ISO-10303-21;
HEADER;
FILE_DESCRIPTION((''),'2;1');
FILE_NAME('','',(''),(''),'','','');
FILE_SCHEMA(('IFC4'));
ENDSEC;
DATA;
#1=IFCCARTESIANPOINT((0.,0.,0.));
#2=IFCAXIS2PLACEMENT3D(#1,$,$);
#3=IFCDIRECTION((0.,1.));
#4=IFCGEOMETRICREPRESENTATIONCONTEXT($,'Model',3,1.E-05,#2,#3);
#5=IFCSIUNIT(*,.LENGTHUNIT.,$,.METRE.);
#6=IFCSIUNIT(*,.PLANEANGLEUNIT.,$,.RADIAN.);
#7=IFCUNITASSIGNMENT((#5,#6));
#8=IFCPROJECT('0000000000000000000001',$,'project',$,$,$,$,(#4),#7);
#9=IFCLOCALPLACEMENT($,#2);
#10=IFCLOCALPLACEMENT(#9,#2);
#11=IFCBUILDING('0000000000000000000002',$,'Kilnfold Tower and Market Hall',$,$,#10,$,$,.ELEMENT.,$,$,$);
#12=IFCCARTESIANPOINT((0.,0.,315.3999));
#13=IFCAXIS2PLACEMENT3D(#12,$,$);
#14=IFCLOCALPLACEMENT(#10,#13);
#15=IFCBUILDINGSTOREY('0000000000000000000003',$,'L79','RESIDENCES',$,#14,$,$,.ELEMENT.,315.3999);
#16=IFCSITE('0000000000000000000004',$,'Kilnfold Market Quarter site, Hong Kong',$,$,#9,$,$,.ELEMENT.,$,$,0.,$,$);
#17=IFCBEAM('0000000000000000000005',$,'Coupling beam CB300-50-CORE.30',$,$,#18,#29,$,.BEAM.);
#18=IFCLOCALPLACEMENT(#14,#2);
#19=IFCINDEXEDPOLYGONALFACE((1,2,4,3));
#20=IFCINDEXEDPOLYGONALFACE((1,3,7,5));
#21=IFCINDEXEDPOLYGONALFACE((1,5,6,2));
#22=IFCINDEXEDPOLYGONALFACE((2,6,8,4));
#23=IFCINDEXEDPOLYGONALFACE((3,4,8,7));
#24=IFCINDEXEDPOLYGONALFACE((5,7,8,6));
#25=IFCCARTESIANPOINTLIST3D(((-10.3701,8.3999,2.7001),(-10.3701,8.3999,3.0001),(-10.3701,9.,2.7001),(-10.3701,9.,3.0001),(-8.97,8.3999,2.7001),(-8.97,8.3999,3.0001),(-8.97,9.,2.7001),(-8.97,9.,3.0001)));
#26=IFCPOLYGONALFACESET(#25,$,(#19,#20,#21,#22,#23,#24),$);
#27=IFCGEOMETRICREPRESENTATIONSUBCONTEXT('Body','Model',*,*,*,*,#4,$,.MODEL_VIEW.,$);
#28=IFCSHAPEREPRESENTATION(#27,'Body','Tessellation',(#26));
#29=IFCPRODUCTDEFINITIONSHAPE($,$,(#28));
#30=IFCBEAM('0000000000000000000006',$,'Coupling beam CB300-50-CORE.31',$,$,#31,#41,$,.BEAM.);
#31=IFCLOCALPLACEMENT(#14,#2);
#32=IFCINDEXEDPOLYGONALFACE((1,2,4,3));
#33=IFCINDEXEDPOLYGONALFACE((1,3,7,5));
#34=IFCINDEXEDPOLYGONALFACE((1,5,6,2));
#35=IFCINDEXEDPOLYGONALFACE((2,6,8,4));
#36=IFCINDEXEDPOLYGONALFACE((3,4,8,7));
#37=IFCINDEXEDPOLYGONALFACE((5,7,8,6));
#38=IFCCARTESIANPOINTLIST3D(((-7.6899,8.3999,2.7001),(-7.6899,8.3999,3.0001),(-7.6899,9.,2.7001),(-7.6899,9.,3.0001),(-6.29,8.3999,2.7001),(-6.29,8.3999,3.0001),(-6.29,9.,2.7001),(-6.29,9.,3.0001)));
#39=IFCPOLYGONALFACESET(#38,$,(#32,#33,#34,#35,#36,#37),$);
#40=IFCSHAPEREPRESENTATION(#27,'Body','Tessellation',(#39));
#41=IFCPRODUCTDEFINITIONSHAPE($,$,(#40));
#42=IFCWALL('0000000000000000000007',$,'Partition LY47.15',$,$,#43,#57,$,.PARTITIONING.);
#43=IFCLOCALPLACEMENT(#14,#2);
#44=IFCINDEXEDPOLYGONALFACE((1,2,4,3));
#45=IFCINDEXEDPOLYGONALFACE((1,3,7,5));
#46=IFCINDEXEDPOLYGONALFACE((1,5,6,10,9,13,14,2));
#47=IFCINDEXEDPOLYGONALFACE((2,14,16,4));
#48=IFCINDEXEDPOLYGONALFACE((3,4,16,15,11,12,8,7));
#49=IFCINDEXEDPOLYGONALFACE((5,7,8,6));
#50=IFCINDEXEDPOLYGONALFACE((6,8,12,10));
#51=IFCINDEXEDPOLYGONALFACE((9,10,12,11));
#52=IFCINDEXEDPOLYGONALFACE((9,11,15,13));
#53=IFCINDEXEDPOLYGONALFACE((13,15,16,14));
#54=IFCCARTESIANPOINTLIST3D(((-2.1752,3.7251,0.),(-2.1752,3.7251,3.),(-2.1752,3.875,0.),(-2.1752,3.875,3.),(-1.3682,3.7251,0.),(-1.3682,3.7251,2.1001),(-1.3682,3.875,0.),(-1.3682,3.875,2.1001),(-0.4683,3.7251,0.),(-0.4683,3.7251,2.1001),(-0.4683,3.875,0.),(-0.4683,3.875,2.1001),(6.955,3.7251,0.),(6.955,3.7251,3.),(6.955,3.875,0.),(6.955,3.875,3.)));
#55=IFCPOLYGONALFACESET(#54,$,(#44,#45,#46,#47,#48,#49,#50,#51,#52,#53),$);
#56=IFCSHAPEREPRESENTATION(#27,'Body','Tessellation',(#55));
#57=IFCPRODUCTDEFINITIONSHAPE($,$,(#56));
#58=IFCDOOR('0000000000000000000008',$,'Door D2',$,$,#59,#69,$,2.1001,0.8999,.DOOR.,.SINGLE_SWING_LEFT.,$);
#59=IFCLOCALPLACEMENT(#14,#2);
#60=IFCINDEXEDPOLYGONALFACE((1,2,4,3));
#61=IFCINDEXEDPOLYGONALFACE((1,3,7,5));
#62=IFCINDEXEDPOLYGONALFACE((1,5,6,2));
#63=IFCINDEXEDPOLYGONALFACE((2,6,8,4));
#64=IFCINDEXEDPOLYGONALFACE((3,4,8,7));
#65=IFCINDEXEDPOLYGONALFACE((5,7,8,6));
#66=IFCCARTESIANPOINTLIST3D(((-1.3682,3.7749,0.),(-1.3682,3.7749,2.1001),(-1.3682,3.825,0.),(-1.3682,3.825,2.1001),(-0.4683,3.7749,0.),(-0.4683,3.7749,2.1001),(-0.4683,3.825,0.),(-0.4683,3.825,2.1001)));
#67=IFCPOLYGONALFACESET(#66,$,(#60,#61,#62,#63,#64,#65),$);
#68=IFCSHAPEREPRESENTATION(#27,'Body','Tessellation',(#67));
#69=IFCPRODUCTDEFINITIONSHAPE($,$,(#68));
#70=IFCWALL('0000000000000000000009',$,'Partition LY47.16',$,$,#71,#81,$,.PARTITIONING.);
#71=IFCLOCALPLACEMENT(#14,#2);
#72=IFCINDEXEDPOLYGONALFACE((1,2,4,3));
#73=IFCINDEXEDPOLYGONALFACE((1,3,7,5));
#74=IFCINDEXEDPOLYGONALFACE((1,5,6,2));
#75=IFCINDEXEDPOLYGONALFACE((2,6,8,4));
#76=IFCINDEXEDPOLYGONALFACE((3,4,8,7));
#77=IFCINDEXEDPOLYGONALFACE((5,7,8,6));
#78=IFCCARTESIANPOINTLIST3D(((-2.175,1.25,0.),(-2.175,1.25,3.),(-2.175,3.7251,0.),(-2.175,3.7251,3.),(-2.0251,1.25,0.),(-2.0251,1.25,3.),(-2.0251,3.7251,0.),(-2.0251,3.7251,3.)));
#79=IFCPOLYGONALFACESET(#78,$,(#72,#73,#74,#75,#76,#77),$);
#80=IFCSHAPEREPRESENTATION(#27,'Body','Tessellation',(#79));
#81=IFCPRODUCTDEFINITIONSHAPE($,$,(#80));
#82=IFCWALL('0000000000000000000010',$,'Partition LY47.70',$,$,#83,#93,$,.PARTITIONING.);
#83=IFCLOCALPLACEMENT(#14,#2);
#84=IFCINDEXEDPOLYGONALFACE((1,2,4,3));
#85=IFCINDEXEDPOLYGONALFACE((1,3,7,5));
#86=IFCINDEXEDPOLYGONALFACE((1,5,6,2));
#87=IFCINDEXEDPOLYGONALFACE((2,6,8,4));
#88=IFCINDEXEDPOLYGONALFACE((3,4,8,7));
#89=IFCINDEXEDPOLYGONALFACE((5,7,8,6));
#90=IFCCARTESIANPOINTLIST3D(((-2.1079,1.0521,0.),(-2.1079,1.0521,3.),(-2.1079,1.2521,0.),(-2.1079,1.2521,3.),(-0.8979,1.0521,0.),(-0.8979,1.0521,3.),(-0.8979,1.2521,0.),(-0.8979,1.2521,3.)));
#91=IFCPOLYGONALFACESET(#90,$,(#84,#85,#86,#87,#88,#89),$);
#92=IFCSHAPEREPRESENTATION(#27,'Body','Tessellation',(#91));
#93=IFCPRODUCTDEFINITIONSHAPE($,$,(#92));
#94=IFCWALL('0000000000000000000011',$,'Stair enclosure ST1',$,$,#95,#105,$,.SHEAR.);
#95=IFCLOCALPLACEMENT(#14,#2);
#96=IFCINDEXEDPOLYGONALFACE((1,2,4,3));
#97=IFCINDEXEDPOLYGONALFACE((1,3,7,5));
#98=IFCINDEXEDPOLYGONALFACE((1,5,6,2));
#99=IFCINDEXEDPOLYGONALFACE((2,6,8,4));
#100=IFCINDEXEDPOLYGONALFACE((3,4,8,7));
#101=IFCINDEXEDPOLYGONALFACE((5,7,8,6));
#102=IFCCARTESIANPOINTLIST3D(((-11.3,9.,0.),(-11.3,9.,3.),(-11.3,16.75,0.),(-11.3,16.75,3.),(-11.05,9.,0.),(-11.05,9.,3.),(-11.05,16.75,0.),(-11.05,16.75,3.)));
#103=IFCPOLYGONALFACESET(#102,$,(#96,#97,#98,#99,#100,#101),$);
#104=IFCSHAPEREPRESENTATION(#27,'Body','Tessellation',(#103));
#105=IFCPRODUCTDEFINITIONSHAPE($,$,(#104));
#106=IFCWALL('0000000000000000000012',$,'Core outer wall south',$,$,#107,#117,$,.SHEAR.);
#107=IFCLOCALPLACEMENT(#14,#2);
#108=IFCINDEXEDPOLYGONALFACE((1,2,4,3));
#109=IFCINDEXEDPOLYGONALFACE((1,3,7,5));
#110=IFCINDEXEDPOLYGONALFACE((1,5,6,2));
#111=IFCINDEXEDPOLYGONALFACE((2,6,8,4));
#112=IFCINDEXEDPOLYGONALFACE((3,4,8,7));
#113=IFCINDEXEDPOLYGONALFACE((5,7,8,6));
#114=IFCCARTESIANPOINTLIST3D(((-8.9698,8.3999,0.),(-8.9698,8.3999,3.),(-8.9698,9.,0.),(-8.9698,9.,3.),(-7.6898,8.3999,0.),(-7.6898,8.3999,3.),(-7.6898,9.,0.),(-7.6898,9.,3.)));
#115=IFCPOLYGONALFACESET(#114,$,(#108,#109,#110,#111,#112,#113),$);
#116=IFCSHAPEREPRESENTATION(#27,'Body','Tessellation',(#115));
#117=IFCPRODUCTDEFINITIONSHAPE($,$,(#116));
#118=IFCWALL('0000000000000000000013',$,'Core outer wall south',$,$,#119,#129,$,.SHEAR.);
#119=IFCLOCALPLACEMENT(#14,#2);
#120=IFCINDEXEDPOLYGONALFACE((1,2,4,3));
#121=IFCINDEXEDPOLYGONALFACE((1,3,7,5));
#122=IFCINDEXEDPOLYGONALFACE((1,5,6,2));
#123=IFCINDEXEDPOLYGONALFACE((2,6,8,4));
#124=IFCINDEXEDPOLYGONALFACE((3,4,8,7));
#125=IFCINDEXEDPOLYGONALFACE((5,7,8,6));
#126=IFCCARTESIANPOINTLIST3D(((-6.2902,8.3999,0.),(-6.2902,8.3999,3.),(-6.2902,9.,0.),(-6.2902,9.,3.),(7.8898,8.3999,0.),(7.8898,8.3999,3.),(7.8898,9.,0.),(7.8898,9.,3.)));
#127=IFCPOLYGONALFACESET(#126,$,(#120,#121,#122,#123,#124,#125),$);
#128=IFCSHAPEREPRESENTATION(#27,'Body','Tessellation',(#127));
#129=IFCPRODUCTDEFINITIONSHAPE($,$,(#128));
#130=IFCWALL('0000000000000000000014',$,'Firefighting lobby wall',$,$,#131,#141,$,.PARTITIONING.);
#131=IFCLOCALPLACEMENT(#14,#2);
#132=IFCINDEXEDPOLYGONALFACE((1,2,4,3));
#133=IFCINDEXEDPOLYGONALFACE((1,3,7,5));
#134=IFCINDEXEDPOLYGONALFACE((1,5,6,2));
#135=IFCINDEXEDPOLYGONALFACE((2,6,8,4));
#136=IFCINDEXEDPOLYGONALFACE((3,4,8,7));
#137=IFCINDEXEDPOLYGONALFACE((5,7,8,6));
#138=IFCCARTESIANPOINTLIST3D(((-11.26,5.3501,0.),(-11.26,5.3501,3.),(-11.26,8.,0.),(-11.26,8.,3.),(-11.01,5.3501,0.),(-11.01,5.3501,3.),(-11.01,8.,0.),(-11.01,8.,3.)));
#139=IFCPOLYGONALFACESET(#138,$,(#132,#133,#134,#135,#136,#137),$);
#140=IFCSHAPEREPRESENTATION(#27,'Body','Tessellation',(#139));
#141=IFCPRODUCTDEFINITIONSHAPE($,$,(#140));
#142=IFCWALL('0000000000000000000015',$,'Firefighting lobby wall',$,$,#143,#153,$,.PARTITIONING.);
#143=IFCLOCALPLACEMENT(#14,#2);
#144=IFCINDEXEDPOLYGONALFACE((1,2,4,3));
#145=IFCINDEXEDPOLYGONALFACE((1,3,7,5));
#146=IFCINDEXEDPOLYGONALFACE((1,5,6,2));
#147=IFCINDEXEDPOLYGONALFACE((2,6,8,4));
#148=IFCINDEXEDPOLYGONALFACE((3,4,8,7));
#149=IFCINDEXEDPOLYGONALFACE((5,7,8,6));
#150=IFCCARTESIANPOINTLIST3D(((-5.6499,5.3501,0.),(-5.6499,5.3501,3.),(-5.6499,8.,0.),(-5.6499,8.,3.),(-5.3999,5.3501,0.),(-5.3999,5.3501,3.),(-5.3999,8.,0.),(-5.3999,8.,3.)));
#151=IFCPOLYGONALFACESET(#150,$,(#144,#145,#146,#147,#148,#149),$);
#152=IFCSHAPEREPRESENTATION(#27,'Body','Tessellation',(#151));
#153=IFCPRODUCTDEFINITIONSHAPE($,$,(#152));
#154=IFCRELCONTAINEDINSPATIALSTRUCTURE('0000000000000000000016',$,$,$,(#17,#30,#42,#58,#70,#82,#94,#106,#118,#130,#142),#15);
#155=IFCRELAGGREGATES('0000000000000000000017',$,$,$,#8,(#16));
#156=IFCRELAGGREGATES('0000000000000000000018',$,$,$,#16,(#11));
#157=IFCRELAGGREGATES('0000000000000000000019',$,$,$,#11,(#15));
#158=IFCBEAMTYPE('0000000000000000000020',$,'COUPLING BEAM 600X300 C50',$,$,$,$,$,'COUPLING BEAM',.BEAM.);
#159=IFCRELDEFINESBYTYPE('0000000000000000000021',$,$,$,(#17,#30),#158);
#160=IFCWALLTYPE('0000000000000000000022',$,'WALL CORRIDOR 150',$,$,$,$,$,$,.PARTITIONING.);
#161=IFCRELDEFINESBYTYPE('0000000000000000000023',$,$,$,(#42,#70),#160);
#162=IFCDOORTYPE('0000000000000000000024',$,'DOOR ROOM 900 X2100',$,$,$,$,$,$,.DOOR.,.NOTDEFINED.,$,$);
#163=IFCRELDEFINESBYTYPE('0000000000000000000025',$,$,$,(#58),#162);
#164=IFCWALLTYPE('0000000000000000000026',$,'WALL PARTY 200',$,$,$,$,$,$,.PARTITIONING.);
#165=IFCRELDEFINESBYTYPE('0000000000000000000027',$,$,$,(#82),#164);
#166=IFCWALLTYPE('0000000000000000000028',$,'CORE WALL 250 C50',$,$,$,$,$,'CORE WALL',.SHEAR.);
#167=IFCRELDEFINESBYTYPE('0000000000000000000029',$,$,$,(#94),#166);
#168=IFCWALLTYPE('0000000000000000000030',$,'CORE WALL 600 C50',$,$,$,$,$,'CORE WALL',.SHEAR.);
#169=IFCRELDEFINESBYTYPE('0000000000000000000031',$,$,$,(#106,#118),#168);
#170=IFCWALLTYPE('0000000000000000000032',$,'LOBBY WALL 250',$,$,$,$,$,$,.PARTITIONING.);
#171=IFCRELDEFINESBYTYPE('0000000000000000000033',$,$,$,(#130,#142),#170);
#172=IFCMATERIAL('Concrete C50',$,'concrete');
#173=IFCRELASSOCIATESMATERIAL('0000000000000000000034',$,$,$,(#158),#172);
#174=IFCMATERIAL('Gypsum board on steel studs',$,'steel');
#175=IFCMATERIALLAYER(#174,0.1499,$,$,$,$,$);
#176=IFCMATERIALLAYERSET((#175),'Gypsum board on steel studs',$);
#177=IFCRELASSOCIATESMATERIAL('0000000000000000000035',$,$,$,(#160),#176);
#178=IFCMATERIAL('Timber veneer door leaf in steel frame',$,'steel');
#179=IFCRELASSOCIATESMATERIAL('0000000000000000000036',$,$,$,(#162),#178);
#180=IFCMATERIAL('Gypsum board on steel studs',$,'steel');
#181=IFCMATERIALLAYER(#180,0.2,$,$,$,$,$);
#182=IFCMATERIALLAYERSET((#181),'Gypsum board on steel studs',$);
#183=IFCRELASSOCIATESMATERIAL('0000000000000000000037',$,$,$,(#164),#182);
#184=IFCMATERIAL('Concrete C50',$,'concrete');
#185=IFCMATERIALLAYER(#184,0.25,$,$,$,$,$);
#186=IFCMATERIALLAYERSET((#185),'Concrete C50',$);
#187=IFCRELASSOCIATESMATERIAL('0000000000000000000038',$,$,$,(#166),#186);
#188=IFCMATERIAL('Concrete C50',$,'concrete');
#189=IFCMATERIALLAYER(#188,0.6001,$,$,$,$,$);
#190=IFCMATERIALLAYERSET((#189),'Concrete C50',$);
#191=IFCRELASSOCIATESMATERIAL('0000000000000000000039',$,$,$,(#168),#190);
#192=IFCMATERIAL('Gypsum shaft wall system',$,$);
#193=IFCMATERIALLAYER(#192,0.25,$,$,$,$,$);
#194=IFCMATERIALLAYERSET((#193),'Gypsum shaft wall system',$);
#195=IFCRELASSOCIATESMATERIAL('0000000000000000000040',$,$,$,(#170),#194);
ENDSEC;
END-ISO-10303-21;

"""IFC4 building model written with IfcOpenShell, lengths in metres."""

from ifc_helpers import new_model, si_unit, direction, frame, frame_2d, origin, origin_2d, place, context, subcontext, project, spatial, rectangle, extrude, source, transform, mapped, material, layer, layer_set, material_profile, profile_set, type_object, element, fill, save


model = new_model("IFC4")

# Units and contexts
model_context = context("Model", 3, precision=1e-05, world=origin(), true_north=direction((0.0, 1.0)))
body_context = subcontext(model_context, "Body", "Model", "MODEL_VIEW")
ifc_project = project(units=[si_unit("LENGTHUNIT", "METRE"), si_unit("PLANEANGLEUNIT", "RADIAN")], contexts=[model_context])

# Site, building, storey
site_placement = place(None, origin())
site = spatial("IfcSite", under=ifc_project, at=site_placement, Name="Kilnfold Market Quarter site, Hong Kong", CompositionType="ELEMENT", RefElevation=0.0)
building_placement = place(site_placement, origin())
building = spatial("IfcBuilding", under=site, at=building_placement, Name="Kilnfold Tower and Market Hall", CompositionType="ELEMENT")
storey_placement = place(building_placement, frame((0.0, 0.0, 315.3999)))
storey = spatial("IfcBuildingStorey", under=building, at=storey_placement, Name="L79", Description="RESIDENCES", CompositionType="ELEMENT", Elevation=315.3999)

# Beams
ifc_material_1 = material(Name="Concrete C50", Category="concrete")
ifc_material_profile = material_profile(ifc_material_1, rectangle(XDim=0.6001, YDim=0.3, at=origin_2d()), Name="RC 600x300")
ifc_profile_set = profile_set([ifc_material_profile], Name="Concrete C50")
beam_type = type_object("IfcBeamType", Name="COUPLING BEAM 600X300 C50", ElementType="COUPLING BEAM", PredefinedType="BEAM", material=ifc_profile_set)
shared_shape_1 = source(origin(), body_context, "Body", "SweptSolid", [
    extrude(rectangle(XDim=0.6001, YDim=0.3, at=origin_2d()), origin(), (0.0, 0.0, 1.0), 1.4001),
])
beam_1_placement = place(storey_placement, frame((-10.3701, 8.7, 2.8501), z_axis=(1.0, 0.0, 0.0), x_axis=(0.0, 1.0, 0.0)))
element("IfcBeam", 1, at=beam_1_placement, inside=storey, type_object=beam_type, Name="Coupling beam CB300-50-CORE.30", PredefinedType="BEAM", context=body_context, shape_type="MappedRepresentation", body=[
    mapped(shared_shape_1, transform((0.0, 0.0, 0.0))),
])
shared_shape_2 = source(origin(), body_context, "Body", "SweptSolid", [
    extrude(rectangle(XDim=0.6001, YDim=0.3, at=origin_2d()), origin(), (0.0, 0.0, 1.0), 1.3999),
])
beam_2_placement = place(storey_placement, frame((-7.6899, 8.7, 2.8501), z_axis=(1.0, 0.0, 0.0), x_axis=(0.0, 1.0, 0.0)))
element("IfcBeam", 2, at=beam_2_placement, inside=storey, type_object=beam_type, Name="Coupling beam CB300-50-CORE.31", PredefinedType="BEAM", context=body_context, shape_type="MappedRepresentation", body=[
    mapped(shared_shape_2, transform((0.0, 0.0, 0.0))),
])

# Wall, opening, door
ifc_material_2 = material(Name="Gypsum board on steel studs", Category="steel")
ifc_layer_1 = layer(ifc_material_2, 0.1499)
ifc_layer_set_1 = layer_set([ifc_layer_1], Name="Gypsum board on steel studs")
wall_type_1 = type_object("IfcWallType", Name="WALL CORRIDOR 150", PredefinedType="PARTITIONING", material=ifc_layer_set_1)
wall_1_placement = place(storey_placement, frame((-2.175, 3.8, 0.0), z_axis=(0.0, 0.0, 1.0), x_axis=(1.0, 0.0, 0.0)))
wall_1 = element("IfcWall", 3, at=wall_1_placement, inside=storey, type_object=wall_type_1, Name="Partition LY47.15", PredefinedType="PARTITIONING", context=body_context, shape_type="SweptSolid", body=[
    extrude(rectangle(XDim=9.1301, YDim=0.1499, at=frame_2d((4.5649, 0.0))), origin(), (0.0, 0.0, 1.0), 3.0),
])
opening_1_placement = place(wall_1_placement, frame((0.8069, 0.0, 0.0)))
opening_1 = element("IfcOpeningElement", 4, at=opening_1_placement, cuts=wall_1, PredefinedType="OPENING", context=body_context, shape_type="SweptSolid", body=[
    extrude(rectangle(XDim=0.8999, YDim=2.1001, at=frame_2d((0.45, 1.05))), frame((0.0, 0.085, 0.0), z_axis=(0.0, -1.0, 0.0), x_axis=(1.0, 0.0, 0.0)), (0.0, 0.0, 1.0), 0.1699),
])
ifc_material_3 = material(Name="Timber veneer door leaf in steel frame", Category="steel")
door_type_1 = type_object("IfcDoorType", Name="DOOR ROOM 900 X2100", OperationType="NOTDEFINED", PredefinedType="DOOR", material=ifc_material_3)
door_1_placement = place(opening_1_placement, origin())
door_1 = element("IfcDoor", 5, at=door_1_placement, inside=storey, type_object=door_type_1, Name="Door D2", OperationType="SINGLE_SWING_LEFT", OverallHeight=2.1001, OverallWidth=0.8999, PredefinedType="DOOR", context=body_context, shape_type="SweptSolid", body=[
    extrude(rectangle(XDim=0.8999, YDim=2.1001, at=frame_2d((0.45, 1.05))), frame((0.0, 0.0249, 0.0), z_axis=(0.0, -1.0, 0.0), x_axis=(1.0, 0.0, 0.0)), (0.0, 0.0, 1.0), 0.05),
])
fill(opening_1, door_1)

# Walls
wall_2_placement = place(storey_placement, frame((-2.1001, 1.25, 0.0), z_axis=(0.0, 0.0, 1.0), x_axis=(0.0, 1.0, 0.0)))
element("IfcWall", 6, at=wall_2_placement, inside=storey, type_object=wall_type_1, Name="Partition LY47.16", PredefinedType="PARTITIONING", context=body_context, shape_type="SweptSolid", body=[
    extrude(rectangle(XDim=2.4751, YDim=0.1499, at=frame_2d((1.2375, 0.0))), origin(), (0.0, 0.0, 1.0), 3.0),
])
ifc_material_4 = material(Name="Gypsum board on steel studs", Category="steel")
ifc_layer_2 = layer(ifc_material_4, 0.2)
ifc_layer_set_2 = layer_set([ifc_layer_2], Name="Gypsum board on steel studs")
wall_type_2 = type_object("IfcWallType", Name="WALL PARTY 200", PredefinedType="PARTITIONING", material=ifc_layer_set_2)
wall_3_placement = place(storey_placement, frame((-0.8979, 1.1521, 0.0), z_axis=(0.0, 0.0, 1.0), x_axis=(-1.0, 0.0, 0.0)))
element("IfcWall", 7, at=wall_3_placement, inside=storey, type_object=wall_type_2, Name="Partition LY47.70", PredefinedType="PARTITIONING", context=body_context, shape_type="SweptSolid", body=[
    extrude(rectangle(XDim=1.21, YDim=0.2, at=frame_2d((0.605, 0.0))), origin(), (0.0, 0.0, 1.0), 3.0),
])
ifc_material_5 = material(Name="Concrete C50", Category="concrete")
ifc_layer_3 = layer(ifc_material_5, 0.25)
ifc_layer_set_3 = layer_set([ifc_layer_3], Name="Concrete C50")
wall_type_3 = type_object("IfcWallType", Name="CORE WALL 250 C50", ElementType="CORE WALL", PredefinedType="SHEAR", material=ifc_layer_set_3)
shared_shape_3 = source(origin(), body_context, "Body", "SweptSolid", [
    extrude(rectangle(XDim=7.75, YDim=0.25, at=frame_2d((3.875, 0.0))), origin(), (0.0, 0.0, 1.0), 3.0),
])
wall_4_placement = place(storey_placement, frame((-11.175, 9.0, 0.0), z_axis=(0.0, 0.0, 1.0), x_axis=(0.0, 1.0, 0.0)))
element("IfcWall", 8, at=wall_4_placement, inside=storey, type_object=wall_type_3, Name="Stair enclosure ST1", PredefinedType="SHEAR", context=body_context, shape_type="MappedRepresentation", body=[
    mapped(shared_shape_3, transform((0.0, 0.0, 0.0))),
])
ifc_material_6 = material(Name="Concrete C50", Category="concrete")
ifc_layer_4 = layer(ifc_material_6, 0.6001)
ifc_layer_set_4 = layer_set([ifc_layer_4], Name="Concrete C50")
wall_type_4 = type_object("IfcWallType", Name="CORE WALL 600 C50", ElementType="CORE WALL", PredefinedType="SHEAR", material=ifc_layer_set_4)
shared_shape_4 = source(origin(), body_context, "Body", "SweptSolid", [
    extrude(rectangle(XDim=1.28, YDim=0.6001, at=frame_2d((0.6401, 0.0))), origin(), (0.0, 0.0, 1.0), 3.0),
])
wall_5_placement = place(storey_placement, frame((-8.97, 8.7, 0.0), z_axis=(0.0, 0.0, 1.0), x_axis=(1.0, 0.0, 0.0)))
element("IfcWall", 9, at=wall_5_placement, inside=storey, type_object=wall_type_4, Name="Core outer wall south", PredefinedType="SHEAR", context=body_context, shape_type="MappedRepresentation", body=[
    mapped(shared_shape_4, transform((0.0, 0.0, 0.0))),
])
shared_shape_5 = source(origin(), body_context, "Body", "SweptSolid", [
    extrude(rectangle(XDim=14.1799, YDim=0.6001, at=frame_2d((7.0898, 0.0))), origin(), (0.0, 0.0, 1.0), 3.0),
])
wall_6_placement = place(storey_placement, frame((-6.29, 8.7, 0.0), z_axis=(0.0, 0.0, 1.0), x_axis=(1.0, 0.0, 0.0)))
element("IfcWall", 10, at=wall_6_placement, inside=storey, type_object=wall_type_4, Name="Core outer wall south", PredefinedType="SHEAR", context=body_context, shape_type="MappedRepresentation", body=[
    mapped(shared_shape_5, transform((0.0, 0.0, 0.0))),
])
ifc_material_7 = material(Name="Gypsum shaft wall system")
ifc_layer_5 = layer(ifc_material_7, 0.25)
ifc_layer_set_5 = layer_set([ifc_layer_5], Name="Gypsum shaft wall system")
wall_type_5 = type_object("IfcWallType", Name="LOBBY WALL 250", PredefinedType="PARTITIONING", material=ifc_layer_set_5)
shared_shape_6 = source(origin(), body_context, "Body", "SweptSolid", [
    extrude(rectangle(XDim=2.6499, YDim=0.25, at=frame_2d((1.325, 0.0))), origin(), (0.0, 0.0, 1.0), 3.0),
])
for number, where, z_axis, x_axis, name in (
    (11, (-11.135, 5.3501, 0.0), (0.0, 0.0, 1.0), (0.0, 1.0, 0.0), "Firefighting lobby wall"),
    (12, (-5.5249, 5.3501, 0.0), (0.0, 0.0, 1.0), (0.0, 1.0, 0.0), "Firefighting lobby wall"),
):
    element("IfcWall", number, at=place(storey_placement, frame(where, z_axis=z_axis, x_axis=x_axis)), inside=storey, type_object=wall_type_5, Name=name, PredefinedType="PARTITIONING", context=body_context, shape_type="MappedRepresentation", body=[
        mapped(shared_shape_6, transform((0.0, 0.0, 0.0))),
    ])

save(model, "model.ifc")
